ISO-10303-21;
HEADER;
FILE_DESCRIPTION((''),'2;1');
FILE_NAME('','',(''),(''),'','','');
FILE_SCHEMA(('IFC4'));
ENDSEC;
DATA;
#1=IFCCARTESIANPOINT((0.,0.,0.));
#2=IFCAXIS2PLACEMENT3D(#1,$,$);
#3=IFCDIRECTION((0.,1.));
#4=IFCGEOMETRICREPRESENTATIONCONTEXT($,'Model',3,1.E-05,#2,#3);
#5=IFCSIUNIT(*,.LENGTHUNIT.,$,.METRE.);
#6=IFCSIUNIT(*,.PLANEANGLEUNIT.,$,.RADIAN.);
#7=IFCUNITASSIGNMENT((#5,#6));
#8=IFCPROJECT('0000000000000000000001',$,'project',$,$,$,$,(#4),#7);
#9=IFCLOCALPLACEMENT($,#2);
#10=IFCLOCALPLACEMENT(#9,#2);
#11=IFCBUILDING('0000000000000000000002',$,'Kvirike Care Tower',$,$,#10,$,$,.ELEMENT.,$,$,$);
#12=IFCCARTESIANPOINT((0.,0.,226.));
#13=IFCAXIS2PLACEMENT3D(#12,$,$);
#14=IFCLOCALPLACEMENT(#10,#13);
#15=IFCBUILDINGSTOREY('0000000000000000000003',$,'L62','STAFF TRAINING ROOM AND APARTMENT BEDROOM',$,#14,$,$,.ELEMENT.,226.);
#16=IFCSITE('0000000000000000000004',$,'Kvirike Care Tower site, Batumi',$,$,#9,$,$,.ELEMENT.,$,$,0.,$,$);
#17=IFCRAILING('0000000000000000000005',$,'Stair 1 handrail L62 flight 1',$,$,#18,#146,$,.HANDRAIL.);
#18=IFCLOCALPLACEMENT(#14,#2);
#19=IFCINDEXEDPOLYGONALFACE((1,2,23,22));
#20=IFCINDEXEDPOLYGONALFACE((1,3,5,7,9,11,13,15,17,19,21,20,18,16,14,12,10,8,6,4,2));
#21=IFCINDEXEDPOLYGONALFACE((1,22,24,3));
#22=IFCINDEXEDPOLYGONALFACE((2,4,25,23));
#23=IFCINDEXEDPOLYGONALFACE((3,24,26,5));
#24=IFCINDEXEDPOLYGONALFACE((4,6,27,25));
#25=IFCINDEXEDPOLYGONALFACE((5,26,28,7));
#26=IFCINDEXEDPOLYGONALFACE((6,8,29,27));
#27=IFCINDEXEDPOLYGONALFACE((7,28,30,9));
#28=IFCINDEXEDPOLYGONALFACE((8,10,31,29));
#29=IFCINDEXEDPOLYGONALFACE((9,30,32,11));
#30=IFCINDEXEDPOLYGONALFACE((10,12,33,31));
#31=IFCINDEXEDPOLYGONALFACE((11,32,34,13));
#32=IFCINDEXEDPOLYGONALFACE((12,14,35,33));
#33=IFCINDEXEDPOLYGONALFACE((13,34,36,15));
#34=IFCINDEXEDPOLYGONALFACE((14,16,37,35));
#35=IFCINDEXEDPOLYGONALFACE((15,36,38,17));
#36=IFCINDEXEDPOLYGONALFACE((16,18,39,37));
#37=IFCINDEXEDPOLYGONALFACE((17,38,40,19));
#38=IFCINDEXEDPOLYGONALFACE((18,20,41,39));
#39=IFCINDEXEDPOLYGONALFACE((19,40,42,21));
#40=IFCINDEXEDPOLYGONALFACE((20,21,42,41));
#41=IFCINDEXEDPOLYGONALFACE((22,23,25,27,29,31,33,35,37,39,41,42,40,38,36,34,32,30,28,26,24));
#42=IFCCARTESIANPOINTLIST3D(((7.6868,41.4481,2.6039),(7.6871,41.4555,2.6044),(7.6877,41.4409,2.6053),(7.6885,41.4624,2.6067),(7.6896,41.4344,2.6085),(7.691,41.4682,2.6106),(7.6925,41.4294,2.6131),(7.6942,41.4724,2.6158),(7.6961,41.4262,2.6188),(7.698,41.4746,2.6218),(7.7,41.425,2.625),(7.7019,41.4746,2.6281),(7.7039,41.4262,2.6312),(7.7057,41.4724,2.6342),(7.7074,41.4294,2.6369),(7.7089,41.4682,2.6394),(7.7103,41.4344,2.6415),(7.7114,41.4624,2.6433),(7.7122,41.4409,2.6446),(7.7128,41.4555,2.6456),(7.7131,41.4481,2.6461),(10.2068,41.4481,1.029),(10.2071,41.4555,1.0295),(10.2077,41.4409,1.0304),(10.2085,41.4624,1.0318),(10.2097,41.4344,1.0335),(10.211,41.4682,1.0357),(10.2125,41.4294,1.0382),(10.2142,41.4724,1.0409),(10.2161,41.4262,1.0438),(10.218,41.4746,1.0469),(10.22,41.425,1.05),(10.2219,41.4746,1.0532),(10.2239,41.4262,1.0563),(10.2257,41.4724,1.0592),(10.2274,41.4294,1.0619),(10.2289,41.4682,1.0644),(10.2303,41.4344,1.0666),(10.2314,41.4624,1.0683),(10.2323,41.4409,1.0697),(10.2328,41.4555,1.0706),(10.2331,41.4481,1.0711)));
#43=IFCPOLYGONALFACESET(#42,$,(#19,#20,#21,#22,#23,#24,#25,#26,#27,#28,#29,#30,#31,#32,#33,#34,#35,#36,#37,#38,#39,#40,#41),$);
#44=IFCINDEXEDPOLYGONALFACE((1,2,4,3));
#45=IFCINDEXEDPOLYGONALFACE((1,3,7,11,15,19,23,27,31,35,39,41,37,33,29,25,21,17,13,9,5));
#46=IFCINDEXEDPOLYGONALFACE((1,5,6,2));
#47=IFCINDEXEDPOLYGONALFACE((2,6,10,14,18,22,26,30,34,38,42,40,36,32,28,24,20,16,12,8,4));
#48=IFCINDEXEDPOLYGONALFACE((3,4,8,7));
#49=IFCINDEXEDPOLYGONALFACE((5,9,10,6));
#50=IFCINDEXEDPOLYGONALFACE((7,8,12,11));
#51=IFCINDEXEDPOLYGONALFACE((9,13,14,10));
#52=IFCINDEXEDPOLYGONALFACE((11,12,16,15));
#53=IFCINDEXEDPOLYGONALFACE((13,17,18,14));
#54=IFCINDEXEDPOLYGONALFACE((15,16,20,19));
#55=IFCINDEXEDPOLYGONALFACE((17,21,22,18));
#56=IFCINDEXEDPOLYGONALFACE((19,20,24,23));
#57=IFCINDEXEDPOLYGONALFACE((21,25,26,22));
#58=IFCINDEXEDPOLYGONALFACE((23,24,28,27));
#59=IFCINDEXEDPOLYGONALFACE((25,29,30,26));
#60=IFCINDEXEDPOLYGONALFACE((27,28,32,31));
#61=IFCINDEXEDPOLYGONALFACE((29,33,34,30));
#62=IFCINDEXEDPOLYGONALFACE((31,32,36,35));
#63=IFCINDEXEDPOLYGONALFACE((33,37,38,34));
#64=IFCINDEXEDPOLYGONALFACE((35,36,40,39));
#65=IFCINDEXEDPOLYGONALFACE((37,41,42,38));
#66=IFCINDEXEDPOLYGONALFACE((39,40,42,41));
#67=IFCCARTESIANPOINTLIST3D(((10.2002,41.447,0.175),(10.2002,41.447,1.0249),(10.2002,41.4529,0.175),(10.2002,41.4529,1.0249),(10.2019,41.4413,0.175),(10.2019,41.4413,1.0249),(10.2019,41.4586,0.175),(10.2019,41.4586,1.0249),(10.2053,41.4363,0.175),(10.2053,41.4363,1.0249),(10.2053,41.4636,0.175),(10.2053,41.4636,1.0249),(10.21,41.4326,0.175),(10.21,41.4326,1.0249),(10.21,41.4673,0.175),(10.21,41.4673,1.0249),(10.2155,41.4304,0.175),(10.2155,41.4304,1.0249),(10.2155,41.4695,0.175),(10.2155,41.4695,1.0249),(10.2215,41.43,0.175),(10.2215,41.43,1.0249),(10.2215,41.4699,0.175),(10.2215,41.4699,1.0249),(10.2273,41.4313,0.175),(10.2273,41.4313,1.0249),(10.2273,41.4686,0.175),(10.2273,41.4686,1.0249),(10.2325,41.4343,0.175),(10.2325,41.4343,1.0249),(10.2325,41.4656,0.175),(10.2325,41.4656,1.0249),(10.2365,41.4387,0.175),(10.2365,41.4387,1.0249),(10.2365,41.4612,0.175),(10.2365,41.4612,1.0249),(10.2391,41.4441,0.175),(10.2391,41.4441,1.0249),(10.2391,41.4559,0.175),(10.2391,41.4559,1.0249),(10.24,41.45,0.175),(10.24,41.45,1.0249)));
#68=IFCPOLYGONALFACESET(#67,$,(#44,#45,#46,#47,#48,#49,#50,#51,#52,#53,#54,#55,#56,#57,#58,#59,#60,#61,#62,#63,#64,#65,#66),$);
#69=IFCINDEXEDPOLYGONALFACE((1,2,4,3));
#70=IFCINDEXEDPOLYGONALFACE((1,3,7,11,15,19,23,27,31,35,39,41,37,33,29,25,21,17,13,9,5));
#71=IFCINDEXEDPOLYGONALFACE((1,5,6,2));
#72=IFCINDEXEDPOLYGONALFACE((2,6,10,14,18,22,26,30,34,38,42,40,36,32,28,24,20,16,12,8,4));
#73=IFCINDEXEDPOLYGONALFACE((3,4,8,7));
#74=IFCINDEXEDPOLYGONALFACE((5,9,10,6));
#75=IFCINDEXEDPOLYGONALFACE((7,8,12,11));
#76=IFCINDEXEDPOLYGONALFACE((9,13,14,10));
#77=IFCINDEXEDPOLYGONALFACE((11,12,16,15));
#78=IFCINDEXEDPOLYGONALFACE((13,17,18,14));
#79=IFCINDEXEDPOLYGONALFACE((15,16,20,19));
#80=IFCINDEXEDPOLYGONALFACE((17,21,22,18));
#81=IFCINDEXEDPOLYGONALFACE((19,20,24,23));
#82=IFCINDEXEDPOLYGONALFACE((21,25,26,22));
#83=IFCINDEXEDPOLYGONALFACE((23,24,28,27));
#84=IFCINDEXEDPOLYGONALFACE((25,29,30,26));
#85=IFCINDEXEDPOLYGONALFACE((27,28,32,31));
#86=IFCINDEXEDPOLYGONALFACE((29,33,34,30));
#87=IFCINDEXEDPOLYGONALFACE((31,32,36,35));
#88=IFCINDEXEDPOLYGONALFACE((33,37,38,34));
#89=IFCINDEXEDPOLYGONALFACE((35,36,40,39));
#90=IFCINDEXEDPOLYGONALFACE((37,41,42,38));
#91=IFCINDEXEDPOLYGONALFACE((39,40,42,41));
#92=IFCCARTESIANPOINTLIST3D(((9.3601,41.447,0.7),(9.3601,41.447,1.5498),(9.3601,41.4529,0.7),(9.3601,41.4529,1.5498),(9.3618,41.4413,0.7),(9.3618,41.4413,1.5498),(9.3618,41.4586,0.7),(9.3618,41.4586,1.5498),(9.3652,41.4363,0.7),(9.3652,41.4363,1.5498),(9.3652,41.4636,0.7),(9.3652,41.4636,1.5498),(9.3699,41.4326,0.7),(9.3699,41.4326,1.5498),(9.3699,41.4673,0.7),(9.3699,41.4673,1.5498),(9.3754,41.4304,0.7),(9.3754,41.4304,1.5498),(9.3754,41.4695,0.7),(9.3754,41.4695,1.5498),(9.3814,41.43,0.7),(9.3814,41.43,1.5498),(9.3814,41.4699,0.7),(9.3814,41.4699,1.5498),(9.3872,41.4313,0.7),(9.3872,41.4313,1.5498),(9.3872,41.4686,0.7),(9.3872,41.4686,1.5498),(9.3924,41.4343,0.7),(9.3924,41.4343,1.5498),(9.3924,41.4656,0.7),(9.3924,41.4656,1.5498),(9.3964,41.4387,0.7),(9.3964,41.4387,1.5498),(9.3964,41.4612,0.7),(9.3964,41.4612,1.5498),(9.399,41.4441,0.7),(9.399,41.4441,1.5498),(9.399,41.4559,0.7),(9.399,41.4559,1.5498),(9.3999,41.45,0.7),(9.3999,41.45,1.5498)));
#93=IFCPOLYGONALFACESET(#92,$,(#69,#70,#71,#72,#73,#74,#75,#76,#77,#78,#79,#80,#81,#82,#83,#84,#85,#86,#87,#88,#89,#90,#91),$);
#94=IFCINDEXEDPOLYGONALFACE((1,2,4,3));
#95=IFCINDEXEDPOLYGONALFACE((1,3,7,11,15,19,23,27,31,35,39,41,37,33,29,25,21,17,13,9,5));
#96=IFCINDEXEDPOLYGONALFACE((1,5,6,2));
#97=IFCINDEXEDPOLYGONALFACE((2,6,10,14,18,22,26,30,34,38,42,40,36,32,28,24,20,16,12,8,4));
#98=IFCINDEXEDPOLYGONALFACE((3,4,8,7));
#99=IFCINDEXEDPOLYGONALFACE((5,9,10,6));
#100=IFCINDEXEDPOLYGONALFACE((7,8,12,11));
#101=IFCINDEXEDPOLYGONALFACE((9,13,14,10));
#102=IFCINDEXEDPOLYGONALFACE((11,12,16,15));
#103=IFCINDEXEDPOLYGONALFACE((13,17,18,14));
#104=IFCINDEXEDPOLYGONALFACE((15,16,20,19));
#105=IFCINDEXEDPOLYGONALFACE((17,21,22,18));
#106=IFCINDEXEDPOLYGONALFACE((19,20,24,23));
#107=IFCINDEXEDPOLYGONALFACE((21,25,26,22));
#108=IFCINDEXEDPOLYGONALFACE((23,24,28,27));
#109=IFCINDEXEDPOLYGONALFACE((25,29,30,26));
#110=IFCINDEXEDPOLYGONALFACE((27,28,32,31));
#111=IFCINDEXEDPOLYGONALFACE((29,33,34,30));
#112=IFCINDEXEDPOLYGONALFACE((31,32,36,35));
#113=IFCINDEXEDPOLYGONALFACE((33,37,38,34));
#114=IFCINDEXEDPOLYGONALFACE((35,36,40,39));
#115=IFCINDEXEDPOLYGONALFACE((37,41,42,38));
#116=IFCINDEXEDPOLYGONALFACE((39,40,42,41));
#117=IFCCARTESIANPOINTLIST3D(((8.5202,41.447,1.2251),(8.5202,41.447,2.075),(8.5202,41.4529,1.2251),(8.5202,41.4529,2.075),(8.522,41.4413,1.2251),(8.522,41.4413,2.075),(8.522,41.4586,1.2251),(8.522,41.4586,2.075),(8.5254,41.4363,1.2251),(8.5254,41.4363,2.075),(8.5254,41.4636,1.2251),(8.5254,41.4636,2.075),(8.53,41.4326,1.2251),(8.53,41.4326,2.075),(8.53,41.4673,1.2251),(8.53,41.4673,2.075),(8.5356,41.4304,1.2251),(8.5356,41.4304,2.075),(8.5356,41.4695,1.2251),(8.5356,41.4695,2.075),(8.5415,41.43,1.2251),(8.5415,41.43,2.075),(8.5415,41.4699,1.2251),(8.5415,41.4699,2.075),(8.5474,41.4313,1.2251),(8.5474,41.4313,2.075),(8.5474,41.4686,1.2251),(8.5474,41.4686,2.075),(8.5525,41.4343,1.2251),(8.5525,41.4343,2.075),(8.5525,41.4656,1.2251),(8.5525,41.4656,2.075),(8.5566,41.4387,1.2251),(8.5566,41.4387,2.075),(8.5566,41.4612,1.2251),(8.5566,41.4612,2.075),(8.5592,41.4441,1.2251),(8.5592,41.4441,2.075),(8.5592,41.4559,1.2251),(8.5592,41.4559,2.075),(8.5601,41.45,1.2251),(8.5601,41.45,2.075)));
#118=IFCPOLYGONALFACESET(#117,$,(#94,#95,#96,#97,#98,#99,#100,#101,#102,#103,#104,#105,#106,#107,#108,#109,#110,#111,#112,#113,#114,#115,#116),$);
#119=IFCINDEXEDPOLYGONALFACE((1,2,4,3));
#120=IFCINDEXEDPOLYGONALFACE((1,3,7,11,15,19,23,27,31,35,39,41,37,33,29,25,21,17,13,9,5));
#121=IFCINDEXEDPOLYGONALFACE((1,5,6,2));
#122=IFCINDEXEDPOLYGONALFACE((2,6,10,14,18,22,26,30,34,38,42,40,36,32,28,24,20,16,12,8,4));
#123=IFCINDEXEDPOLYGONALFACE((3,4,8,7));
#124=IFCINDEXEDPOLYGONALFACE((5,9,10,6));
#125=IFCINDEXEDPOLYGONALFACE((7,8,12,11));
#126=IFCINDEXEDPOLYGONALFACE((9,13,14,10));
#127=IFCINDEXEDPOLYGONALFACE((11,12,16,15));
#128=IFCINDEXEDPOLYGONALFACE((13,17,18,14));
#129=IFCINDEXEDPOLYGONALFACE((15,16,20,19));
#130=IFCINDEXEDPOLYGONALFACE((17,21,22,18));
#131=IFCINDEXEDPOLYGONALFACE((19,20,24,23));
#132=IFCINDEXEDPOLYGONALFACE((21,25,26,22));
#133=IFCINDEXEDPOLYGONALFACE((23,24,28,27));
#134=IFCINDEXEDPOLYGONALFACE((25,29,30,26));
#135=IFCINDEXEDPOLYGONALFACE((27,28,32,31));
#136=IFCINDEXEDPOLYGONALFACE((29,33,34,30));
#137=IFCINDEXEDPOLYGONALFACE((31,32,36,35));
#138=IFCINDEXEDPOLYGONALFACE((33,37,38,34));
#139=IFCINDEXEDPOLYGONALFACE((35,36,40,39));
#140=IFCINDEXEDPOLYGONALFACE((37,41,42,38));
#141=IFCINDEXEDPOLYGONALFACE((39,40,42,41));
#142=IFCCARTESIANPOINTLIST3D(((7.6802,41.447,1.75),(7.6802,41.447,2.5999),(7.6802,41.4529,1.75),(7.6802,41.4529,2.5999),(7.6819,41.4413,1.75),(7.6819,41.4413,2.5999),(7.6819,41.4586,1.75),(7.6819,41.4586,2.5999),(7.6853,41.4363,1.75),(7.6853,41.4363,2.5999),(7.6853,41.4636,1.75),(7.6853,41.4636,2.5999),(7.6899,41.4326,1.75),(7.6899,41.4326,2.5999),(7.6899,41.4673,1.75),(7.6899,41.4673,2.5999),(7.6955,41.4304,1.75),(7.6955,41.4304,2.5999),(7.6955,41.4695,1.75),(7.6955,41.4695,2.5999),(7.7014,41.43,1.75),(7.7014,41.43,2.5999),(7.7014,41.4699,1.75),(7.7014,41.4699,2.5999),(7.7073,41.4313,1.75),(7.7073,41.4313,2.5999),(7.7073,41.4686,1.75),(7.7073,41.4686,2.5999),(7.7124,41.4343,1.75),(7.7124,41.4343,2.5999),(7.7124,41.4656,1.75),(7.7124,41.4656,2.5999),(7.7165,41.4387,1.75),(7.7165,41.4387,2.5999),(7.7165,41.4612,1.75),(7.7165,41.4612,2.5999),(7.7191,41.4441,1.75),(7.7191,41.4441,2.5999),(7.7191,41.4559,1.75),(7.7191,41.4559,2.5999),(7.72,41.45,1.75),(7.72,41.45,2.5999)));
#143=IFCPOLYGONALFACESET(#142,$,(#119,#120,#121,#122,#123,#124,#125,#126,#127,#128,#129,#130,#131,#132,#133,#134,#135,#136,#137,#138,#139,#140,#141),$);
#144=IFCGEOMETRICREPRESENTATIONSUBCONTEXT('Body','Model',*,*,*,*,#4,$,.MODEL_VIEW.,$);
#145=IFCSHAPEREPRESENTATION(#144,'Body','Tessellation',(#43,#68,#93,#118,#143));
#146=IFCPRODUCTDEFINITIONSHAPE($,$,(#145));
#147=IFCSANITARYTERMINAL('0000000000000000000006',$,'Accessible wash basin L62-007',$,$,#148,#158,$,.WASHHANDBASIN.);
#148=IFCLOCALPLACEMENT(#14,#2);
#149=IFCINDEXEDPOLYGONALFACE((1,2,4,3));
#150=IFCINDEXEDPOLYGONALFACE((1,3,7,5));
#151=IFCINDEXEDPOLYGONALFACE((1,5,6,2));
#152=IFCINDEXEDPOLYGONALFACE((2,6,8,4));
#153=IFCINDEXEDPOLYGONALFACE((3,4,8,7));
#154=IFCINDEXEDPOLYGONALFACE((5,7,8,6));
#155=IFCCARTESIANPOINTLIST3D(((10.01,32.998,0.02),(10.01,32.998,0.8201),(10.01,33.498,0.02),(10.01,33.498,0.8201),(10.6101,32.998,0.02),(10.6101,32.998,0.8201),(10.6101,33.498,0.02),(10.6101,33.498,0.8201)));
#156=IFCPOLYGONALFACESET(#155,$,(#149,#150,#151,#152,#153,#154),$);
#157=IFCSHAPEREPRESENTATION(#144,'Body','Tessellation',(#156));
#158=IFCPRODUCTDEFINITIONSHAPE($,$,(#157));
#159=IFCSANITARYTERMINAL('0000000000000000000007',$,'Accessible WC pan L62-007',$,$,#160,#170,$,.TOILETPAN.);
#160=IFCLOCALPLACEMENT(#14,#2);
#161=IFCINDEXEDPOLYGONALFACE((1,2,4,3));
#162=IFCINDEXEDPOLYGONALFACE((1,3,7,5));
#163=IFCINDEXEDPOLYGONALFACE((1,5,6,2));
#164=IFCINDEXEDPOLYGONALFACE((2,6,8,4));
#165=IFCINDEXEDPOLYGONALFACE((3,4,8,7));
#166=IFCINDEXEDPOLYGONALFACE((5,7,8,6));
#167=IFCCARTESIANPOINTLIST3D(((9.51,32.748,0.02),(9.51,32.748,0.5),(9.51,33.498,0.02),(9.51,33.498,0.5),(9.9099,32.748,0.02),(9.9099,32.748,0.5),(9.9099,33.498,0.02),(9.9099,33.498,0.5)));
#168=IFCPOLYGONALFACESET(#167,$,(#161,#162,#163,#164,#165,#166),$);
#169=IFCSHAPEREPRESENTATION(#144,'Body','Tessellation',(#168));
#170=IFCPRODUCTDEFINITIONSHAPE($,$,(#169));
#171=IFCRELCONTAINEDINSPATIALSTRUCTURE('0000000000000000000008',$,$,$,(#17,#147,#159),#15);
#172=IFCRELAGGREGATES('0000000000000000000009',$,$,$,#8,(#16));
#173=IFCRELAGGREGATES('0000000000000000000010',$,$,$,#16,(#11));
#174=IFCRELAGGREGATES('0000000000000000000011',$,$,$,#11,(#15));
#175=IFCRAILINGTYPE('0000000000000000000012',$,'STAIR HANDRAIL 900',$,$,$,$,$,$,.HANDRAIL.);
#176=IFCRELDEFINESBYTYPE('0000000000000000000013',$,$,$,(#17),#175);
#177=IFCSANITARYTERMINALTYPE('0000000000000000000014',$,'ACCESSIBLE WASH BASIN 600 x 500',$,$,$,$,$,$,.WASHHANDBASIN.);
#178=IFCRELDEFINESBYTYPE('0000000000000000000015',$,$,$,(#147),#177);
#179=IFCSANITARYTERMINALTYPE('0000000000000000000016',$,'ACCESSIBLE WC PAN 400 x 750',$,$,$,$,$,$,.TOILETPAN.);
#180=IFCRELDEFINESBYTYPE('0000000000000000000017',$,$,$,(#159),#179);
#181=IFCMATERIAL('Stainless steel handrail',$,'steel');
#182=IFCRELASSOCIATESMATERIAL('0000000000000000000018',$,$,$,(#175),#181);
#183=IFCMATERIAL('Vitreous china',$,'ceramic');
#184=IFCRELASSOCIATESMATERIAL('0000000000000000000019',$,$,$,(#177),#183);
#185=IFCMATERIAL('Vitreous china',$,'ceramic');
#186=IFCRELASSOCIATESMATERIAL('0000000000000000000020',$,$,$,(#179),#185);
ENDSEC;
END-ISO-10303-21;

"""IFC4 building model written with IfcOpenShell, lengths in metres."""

from ifc_helpers import new_model, si_unit, direction, frame, origin, origin_2d, place, context, subcontext, project, spatial, rectangle, circle, extrude, material, type_object, element, save


model = new_model("IFC4")

# Units and contexts
model_context = context("Model", 3, precision=1e-05, world=origin(), true_north=direction((0.0, 1.0)))
body_context = subcontext(model_context, "Body", "Model", "MODEL_VIEW")
ifc_project = project(units=[si_unit("LENGTHUNIT", "METRE"), si_unit("PLANEANGLEUNIT", "RADIAN")], contexts=[model_context])

# Site, building, storey
site_placement = place(None, origin())
site = spatial("IfcSite", under=ifc_project, at=site_placement, Name="Kvirike Care Tower site, Batumi", CompositionType="ELEMENT", RefElevation=0.0)
building_placement = place(site_placement, origin())
building = spatial("IfcBuilding", under=site, at=building_placement, Name="Kvirike Care Tower", CompositionType="ELEMENT")
storey_placement = place(building_placement, frame((0.0, 0.0, 226.0)))
storey = spatial("IfcBuildingStorey", under=building, at=storey_placement, Name="L62", Description="STAFF TRAINING ROOM AND APARTMENT BEDROOM", CompositionType="ELEMENT", Elevation=226.0)

# Railing
ifc_material_1 = material(Name="Stainless steel handrail", Category="steel")
railing_type = type_object("IfcRailingType", Name="STAIR HANDRAIL 900", PredefinedType="HANDRAIL", material=ifc_material_1)
railing_placement = place(storey_placement, frame((10.22, 41.45, 0.175)))
element("IfcRailing", 1, at=railing_placement, inside=storey, type_object=railing_type, Name="Stair 1 handrail L62 flight 1", PredefinedType="HANDRAIL", context=body_context, shape_type="SweptSolid", body=[
    extrude(circle(Radius=0.0249, at=origin_2d()), frame((0.0, 0.0, 0.875), z_axis=(-0.848008, 0.0, 0.529984), x_axis=(0.0, -1.0, 0.0)), (0.0, 0.0, 1.0), 2.9717),
    extrude(circle(Radius=0.02, at=origin_2d()), origin(), (0.0, 0.0, 1.0), 0.8499),
    extrude(circle(Radius=0.02, at=origin_2d()), frame((-0.8401, 0.0, 0.5249)), (0.0, 0.0, 1.0), 0.8499),
    extrude(circle(Radius=0.02, at=origin_2d()), frame((-1.6799, 0.0, 1.05)), (0.0, 0.0, 1.0), 0.8499),
    extrude(circle(Radius=0.02, at=origin_2d()), frame((-2.52, 0.0, 1.575)), (0.0, 0.0, 1.0), 0.8499),
])

# Sanitary terminals
ifc_material_2 = material(Name="Vitreous china", Category="ceramic")
sanitary_terminal_type_1 = type_object("IfcSanitaryTerminalType", Name="ACCESSIBLE WASH BASIN 600 x 500", PredefinedType="WASHHANDBASIN", material=ifc_material_2)
sanitary_terminal_1_placement = place(storey_placement, frame((10.3101, 33.248, 0.02), z_axis=(0.0, 0.0, 1.0), x_axis=(1.0, 0.0, 0.0)))
element("IfcSanitaryTerminal", 2, at=sanitary_terminal_1_placement, inside=storey, type_object=sanitary_terminal_type_1, Name="Accessible wash basin L62-007", PredefinedType="WASHHANDBASIN", context=body_context, shape_type="SweptSolid", body=[
    extrude(rectangle(XDim=0.6001, YDim=0.5, at=origin_2d()), origin(), (0.0, 0.0, 1.0), 0.8),
])
ifc_material_3 = material(Name="Vitreous china", Category="ceramic")
sanitary_terminal_type_2 = type_object("IfcSanitaryTerminalType", Name="ACCESSIBLE WC PAN 400 x 750", PredefinedType="TOILETPAN", material=ifc_material_3)
sanitary_terminal_2_placement = place(storey_placement, frame((9.71, 33.123, 0.02), z_axis=(0.0, 0.0, 1.0), x_axis=(1.0, 0.0, 0.0)))
element("IfcSanitaryTerminal", 3, at=sanitary_terminal_2_placement, inside=storey, type_object=sanitary_terminal_type_2, Name="Accessible WC pan L62-007", PredefinedType="TOILETPAN", context=body_context, shape_type="SweptSolid", body=[
    extrude(rectangle(XDim=0.3999, YDim=0.75, at=origin_2d()), origin(), (0.0, 0.0, 1.0), 0.48),
])

save(model, "model.ifc")
